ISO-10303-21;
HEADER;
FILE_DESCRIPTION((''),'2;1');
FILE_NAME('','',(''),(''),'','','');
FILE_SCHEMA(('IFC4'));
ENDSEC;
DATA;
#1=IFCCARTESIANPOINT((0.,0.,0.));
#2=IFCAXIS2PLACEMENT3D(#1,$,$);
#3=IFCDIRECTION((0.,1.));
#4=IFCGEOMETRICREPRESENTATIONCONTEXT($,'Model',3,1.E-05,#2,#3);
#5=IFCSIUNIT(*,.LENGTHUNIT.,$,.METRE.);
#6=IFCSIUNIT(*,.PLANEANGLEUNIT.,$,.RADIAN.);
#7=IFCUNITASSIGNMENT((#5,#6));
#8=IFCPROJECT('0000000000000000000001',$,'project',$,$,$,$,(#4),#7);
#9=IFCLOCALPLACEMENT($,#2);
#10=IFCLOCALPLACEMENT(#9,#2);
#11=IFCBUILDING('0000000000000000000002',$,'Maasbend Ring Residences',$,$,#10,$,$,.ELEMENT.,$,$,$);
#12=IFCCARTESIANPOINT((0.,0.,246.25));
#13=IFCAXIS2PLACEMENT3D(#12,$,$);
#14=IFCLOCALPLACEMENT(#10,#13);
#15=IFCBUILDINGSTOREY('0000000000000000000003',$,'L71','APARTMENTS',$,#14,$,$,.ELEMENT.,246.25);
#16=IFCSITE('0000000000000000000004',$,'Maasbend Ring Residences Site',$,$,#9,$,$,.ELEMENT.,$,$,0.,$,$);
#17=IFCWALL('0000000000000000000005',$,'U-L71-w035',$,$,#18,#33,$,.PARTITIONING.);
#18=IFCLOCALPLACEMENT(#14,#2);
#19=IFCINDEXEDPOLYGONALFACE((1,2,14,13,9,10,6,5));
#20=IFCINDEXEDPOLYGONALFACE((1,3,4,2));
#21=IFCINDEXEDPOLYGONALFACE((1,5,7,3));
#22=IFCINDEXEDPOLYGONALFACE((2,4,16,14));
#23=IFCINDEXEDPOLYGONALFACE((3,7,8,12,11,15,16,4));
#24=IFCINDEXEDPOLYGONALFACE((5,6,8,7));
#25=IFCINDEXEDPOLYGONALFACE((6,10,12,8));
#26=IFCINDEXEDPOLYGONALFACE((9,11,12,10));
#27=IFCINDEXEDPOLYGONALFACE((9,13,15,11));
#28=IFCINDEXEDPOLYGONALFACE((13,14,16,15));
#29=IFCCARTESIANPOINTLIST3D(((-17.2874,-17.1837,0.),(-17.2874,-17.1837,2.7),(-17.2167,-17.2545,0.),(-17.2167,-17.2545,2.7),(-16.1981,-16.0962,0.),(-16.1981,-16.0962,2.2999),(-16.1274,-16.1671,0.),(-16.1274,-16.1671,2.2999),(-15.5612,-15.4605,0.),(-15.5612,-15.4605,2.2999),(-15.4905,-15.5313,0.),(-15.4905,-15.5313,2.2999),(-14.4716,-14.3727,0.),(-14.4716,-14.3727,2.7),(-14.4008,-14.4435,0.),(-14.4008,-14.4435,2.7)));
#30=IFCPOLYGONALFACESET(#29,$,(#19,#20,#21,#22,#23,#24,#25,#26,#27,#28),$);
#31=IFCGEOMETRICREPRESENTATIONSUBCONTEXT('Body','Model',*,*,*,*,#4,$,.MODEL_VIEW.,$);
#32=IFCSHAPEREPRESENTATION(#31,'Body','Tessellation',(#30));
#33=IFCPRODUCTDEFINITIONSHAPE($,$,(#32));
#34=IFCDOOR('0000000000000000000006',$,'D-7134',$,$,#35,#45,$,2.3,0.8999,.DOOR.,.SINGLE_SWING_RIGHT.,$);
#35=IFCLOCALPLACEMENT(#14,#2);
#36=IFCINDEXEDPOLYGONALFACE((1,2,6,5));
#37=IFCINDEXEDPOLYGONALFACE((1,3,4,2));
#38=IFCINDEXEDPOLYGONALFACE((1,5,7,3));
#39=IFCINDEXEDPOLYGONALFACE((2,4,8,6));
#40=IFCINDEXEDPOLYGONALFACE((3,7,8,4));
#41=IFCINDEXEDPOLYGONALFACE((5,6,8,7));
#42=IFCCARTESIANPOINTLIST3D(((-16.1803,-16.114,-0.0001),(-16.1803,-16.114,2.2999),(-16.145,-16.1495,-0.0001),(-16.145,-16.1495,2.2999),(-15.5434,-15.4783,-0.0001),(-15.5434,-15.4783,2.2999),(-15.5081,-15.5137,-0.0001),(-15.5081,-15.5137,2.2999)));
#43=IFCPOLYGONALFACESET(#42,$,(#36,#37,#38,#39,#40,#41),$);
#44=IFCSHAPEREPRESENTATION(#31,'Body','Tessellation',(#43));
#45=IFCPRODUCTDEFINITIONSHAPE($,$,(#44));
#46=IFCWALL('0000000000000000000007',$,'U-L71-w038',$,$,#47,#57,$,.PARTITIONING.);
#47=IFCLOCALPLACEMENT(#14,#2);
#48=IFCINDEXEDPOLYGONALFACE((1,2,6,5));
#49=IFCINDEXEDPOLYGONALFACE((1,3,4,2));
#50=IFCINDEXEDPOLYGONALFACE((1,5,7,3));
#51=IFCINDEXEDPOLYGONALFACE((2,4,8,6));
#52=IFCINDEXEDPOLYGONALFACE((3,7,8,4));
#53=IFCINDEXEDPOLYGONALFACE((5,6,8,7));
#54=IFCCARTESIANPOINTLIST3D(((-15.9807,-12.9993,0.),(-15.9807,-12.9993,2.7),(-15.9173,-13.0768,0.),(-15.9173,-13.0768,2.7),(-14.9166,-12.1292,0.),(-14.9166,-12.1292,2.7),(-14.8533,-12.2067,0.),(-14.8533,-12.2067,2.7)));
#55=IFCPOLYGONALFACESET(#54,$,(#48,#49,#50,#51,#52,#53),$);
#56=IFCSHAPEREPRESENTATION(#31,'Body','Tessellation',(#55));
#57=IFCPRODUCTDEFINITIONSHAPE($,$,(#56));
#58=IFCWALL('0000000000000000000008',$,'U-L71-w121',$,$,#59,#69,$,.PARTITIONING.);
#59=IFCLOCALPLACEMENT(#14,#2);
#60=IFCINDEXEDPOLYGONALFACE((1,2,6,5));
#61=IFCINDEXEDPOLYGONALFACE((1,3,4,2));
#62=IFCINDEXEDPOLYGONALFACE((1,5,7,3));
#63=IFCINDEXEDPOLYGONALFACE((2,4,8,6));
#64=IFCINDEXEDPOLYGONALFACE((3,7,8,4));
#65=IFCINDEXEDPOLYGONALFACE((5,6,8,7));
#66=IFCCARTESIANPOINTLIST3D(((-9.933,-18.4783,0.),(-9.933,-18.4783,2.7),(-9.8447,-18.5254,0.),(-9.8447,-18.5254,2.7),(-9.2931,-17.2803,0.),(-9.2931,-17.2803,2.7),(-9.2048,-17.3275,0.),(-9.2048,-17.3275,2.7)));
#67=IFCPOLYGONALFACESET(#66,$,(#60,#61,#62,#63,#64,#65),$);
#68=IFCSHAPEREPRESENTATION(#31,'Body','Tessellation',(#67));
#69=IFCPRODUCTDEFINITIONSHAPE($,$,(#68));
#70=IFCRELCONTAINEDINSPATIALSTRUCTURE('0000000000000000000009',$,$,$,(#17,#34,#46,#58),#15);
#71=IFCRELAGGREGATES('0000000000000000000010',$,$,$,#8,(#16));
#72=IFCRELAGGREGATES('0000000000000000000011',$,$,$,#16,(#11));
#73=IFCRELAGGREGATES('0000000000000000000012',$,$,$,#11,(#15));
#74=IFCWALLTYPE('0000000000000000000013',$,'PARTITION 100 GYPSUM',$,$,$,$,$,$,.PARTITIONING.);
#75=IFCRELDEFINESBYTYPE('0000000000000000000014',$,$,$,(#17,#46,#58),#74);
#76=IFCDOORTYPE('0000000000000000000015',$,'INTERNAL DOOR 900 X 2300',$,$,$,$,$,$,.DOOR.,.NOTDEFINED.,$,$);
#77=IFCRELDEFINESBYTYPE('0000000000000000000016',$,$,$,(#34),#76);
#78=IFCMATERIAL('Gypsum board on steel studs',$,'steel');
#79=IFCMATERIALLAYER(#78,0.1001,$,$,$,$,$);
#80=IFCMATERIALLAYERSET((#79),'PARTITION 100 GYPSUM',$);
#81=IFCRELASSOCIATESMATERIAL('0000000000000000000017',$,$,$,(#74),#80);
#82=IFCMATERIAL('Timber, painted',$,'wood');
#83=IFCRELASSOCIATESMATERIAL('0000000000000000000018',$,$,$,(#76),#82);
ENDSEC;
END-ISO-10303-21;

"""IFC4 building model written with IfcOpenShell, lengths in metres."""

from ifc_helpers import new_model, si_unit, direction, frame, frame_2d, origin, place, context, subcontext, project, spatial, rectangle, extrude, material, layer, layer_set, type_object, element, fill, save


model = new_model("IFC4")

# Units and contexts
model_context = context("Model", 3, precision=1e-05, world=origin(), true_north=direction((0.0, 1.0)))
body_context = subcontext(model_context, "Body", "Model", "MODEL_VIEW")
ifc_project = project(units=[si_unit("LENGTHUNIT", "METRE"), si_unit("PLANEANGLEUNIT", "RADIAN")], contexts=[model_context])

# Site, building, storey
site_placement = place(None, origin())
site = spatial("IfcSite", under=ifc_project, at=site_placement, Name="Maasbend Ring Residences Site", CompositionType="ELEMENT", RefElevation=0.0)
building_placement = place(site_placement, origin())
building = spatial("IfcBuilding", under=site, at=building_placement, Name="Maasbend Ring Residences", CompositionType="ELEMENT")
storey_placement = place(building_placement, frame((0.0, 0.0, 246.25)))
storey = spatial("IfcBuildingStorey", under=building, at=storey_placement, Name="L71", Description="APARTMENTS", CompositionType="ELEMENT", Elevation=246.25)

# Wall, opening, door
ifc_material_1 = material(Name="Gypsum board on steel studs", Category="steel")
ifc_layer_1 = layer(ifc_material_1, 0.1001)
ifc_layer_set_1 = layer_set([ifc_layer_1], Name="PARTITION 100 GYPSUM")
wall_type_1 = type_object("IfcWallType", Name="PARTITION 100 GYPSUM", PredefinedType="PARTITIONING", material=ifc_layer_set_1)
ifc_material_2 = material(Name="Timber, painted", Category="wood")
door_type_1 = type_object("IfcDoorType", Name="INTERNAL DOOR 900 X 2300", OperationType="NOTDEFINED", PredefinedType="DOOR", material=ifc_material_2)
wall_1_placement = place(storey_placement, frame((-17.252, -17.219, 0.0), z_axis=(0.0, 0.0, 1.0), x_axis=(0.70772, 0.706493, 0.0)))
wall_1 = element("IfcWall", 1, at=wall_1_placement, inside=storey, type_object=wall_type_1, Name="U-L71-w035", PredefinedType="PARTITIONING", context=body_context, shape_type="SweptSolid", body=[
    extrude(rectangle(XDim=3.9788, YDim=0.1001, at=frame_2d((1.9893, 0.0))), origin(), (0.0, 0.0, 1.0), 2.7),
])
opening_1_placement = place(wall_1_placement, frame((1.5391, 0.0, 0.0)))
opening_1 = element("IfcOpeningElement", 2, at=opening_1_placement, cuts=wall_1, PredefinedType="OPENING", context=body_context, shape_type="SweptSolid", body=[
    extrude(rectangle(XDim=0.8999, YDim=2.3, at=frame_2d((0.45, 1.1499))), frame((0.0, 0.0601, 0.0), z_axis=(0.0, -1.0, 0.0), x_axis=(1.0, 0.0, 0.0)), (0.0, 0.0, 1.0), 0.1201),
])
door_1_placement = place(opening_1_placement, origin())
door_1 = element("IfcDoor", 3, at=door_1_placement, inside=storey, type_object=door_type_1, Name="D-7134", OperationType="SINGLE_SWING_RIGHT", OverallHeight=2.3, OverallWidth=0.8999, PredefinedType="DOOR", context=body_context, shape_type="SweptSolid", body=[
    extrude(rectangle(XDim=0.8999, YDim=2.3, at=frame_2d((0.45, 1.1499))), frame((0.0, 0.0249, 0.0), z_axis=(0.0, -1.0, 0.0), x_axis=(1.0, 0.0, 0.0)), (0.0, 0.0, 1.0), 0.05),
])
fill(opening_1, door_1)

# Walls
wall_2_placement = place(storey_placement, frame((-15.949, -13.0381, 0.0), z_axis=(0.0, 0.0, 1.0), x_axis=(0.7741, 0.633064, 0.0)))
element("IfcWall", 4, at=wall_2_placement, inside=storey, type_object=wall_type_1, Name="U-L71-w038", PredefinedType="PARTITIONING", context=body_context, shape_type="SweptSolid", body=[
    extrude(rectangle(XDim=1.3745, YDim=0.1001, at=frame_2d((0.6873, 0.0))), origin(), (0.0, 0.0, 1.0), 2.7),
])
wall_3_placement = place(storey_placement, frame((-9.8889, -18.502, 0.0), z_axis=(0.0, 0.0, 1.0), x_axis=(0.471139, 0.882059, 0.0)))
element("IfcWall", 5, at=wall_3_placement, inside=storey, type_object=wall_type_1, Name="U-L71-w121", PredefinedType="PARTITIONING", context=body_context, shape_type="SweptSolid", body=[
    extrude(rectangle(XDim=1.3582, YDim=0.1001, at=frame_2d((0.6792, 0.0))), origin(), (0.0, 0.0, 1.0), 2.7),
])

save(model, "model.ifc")
